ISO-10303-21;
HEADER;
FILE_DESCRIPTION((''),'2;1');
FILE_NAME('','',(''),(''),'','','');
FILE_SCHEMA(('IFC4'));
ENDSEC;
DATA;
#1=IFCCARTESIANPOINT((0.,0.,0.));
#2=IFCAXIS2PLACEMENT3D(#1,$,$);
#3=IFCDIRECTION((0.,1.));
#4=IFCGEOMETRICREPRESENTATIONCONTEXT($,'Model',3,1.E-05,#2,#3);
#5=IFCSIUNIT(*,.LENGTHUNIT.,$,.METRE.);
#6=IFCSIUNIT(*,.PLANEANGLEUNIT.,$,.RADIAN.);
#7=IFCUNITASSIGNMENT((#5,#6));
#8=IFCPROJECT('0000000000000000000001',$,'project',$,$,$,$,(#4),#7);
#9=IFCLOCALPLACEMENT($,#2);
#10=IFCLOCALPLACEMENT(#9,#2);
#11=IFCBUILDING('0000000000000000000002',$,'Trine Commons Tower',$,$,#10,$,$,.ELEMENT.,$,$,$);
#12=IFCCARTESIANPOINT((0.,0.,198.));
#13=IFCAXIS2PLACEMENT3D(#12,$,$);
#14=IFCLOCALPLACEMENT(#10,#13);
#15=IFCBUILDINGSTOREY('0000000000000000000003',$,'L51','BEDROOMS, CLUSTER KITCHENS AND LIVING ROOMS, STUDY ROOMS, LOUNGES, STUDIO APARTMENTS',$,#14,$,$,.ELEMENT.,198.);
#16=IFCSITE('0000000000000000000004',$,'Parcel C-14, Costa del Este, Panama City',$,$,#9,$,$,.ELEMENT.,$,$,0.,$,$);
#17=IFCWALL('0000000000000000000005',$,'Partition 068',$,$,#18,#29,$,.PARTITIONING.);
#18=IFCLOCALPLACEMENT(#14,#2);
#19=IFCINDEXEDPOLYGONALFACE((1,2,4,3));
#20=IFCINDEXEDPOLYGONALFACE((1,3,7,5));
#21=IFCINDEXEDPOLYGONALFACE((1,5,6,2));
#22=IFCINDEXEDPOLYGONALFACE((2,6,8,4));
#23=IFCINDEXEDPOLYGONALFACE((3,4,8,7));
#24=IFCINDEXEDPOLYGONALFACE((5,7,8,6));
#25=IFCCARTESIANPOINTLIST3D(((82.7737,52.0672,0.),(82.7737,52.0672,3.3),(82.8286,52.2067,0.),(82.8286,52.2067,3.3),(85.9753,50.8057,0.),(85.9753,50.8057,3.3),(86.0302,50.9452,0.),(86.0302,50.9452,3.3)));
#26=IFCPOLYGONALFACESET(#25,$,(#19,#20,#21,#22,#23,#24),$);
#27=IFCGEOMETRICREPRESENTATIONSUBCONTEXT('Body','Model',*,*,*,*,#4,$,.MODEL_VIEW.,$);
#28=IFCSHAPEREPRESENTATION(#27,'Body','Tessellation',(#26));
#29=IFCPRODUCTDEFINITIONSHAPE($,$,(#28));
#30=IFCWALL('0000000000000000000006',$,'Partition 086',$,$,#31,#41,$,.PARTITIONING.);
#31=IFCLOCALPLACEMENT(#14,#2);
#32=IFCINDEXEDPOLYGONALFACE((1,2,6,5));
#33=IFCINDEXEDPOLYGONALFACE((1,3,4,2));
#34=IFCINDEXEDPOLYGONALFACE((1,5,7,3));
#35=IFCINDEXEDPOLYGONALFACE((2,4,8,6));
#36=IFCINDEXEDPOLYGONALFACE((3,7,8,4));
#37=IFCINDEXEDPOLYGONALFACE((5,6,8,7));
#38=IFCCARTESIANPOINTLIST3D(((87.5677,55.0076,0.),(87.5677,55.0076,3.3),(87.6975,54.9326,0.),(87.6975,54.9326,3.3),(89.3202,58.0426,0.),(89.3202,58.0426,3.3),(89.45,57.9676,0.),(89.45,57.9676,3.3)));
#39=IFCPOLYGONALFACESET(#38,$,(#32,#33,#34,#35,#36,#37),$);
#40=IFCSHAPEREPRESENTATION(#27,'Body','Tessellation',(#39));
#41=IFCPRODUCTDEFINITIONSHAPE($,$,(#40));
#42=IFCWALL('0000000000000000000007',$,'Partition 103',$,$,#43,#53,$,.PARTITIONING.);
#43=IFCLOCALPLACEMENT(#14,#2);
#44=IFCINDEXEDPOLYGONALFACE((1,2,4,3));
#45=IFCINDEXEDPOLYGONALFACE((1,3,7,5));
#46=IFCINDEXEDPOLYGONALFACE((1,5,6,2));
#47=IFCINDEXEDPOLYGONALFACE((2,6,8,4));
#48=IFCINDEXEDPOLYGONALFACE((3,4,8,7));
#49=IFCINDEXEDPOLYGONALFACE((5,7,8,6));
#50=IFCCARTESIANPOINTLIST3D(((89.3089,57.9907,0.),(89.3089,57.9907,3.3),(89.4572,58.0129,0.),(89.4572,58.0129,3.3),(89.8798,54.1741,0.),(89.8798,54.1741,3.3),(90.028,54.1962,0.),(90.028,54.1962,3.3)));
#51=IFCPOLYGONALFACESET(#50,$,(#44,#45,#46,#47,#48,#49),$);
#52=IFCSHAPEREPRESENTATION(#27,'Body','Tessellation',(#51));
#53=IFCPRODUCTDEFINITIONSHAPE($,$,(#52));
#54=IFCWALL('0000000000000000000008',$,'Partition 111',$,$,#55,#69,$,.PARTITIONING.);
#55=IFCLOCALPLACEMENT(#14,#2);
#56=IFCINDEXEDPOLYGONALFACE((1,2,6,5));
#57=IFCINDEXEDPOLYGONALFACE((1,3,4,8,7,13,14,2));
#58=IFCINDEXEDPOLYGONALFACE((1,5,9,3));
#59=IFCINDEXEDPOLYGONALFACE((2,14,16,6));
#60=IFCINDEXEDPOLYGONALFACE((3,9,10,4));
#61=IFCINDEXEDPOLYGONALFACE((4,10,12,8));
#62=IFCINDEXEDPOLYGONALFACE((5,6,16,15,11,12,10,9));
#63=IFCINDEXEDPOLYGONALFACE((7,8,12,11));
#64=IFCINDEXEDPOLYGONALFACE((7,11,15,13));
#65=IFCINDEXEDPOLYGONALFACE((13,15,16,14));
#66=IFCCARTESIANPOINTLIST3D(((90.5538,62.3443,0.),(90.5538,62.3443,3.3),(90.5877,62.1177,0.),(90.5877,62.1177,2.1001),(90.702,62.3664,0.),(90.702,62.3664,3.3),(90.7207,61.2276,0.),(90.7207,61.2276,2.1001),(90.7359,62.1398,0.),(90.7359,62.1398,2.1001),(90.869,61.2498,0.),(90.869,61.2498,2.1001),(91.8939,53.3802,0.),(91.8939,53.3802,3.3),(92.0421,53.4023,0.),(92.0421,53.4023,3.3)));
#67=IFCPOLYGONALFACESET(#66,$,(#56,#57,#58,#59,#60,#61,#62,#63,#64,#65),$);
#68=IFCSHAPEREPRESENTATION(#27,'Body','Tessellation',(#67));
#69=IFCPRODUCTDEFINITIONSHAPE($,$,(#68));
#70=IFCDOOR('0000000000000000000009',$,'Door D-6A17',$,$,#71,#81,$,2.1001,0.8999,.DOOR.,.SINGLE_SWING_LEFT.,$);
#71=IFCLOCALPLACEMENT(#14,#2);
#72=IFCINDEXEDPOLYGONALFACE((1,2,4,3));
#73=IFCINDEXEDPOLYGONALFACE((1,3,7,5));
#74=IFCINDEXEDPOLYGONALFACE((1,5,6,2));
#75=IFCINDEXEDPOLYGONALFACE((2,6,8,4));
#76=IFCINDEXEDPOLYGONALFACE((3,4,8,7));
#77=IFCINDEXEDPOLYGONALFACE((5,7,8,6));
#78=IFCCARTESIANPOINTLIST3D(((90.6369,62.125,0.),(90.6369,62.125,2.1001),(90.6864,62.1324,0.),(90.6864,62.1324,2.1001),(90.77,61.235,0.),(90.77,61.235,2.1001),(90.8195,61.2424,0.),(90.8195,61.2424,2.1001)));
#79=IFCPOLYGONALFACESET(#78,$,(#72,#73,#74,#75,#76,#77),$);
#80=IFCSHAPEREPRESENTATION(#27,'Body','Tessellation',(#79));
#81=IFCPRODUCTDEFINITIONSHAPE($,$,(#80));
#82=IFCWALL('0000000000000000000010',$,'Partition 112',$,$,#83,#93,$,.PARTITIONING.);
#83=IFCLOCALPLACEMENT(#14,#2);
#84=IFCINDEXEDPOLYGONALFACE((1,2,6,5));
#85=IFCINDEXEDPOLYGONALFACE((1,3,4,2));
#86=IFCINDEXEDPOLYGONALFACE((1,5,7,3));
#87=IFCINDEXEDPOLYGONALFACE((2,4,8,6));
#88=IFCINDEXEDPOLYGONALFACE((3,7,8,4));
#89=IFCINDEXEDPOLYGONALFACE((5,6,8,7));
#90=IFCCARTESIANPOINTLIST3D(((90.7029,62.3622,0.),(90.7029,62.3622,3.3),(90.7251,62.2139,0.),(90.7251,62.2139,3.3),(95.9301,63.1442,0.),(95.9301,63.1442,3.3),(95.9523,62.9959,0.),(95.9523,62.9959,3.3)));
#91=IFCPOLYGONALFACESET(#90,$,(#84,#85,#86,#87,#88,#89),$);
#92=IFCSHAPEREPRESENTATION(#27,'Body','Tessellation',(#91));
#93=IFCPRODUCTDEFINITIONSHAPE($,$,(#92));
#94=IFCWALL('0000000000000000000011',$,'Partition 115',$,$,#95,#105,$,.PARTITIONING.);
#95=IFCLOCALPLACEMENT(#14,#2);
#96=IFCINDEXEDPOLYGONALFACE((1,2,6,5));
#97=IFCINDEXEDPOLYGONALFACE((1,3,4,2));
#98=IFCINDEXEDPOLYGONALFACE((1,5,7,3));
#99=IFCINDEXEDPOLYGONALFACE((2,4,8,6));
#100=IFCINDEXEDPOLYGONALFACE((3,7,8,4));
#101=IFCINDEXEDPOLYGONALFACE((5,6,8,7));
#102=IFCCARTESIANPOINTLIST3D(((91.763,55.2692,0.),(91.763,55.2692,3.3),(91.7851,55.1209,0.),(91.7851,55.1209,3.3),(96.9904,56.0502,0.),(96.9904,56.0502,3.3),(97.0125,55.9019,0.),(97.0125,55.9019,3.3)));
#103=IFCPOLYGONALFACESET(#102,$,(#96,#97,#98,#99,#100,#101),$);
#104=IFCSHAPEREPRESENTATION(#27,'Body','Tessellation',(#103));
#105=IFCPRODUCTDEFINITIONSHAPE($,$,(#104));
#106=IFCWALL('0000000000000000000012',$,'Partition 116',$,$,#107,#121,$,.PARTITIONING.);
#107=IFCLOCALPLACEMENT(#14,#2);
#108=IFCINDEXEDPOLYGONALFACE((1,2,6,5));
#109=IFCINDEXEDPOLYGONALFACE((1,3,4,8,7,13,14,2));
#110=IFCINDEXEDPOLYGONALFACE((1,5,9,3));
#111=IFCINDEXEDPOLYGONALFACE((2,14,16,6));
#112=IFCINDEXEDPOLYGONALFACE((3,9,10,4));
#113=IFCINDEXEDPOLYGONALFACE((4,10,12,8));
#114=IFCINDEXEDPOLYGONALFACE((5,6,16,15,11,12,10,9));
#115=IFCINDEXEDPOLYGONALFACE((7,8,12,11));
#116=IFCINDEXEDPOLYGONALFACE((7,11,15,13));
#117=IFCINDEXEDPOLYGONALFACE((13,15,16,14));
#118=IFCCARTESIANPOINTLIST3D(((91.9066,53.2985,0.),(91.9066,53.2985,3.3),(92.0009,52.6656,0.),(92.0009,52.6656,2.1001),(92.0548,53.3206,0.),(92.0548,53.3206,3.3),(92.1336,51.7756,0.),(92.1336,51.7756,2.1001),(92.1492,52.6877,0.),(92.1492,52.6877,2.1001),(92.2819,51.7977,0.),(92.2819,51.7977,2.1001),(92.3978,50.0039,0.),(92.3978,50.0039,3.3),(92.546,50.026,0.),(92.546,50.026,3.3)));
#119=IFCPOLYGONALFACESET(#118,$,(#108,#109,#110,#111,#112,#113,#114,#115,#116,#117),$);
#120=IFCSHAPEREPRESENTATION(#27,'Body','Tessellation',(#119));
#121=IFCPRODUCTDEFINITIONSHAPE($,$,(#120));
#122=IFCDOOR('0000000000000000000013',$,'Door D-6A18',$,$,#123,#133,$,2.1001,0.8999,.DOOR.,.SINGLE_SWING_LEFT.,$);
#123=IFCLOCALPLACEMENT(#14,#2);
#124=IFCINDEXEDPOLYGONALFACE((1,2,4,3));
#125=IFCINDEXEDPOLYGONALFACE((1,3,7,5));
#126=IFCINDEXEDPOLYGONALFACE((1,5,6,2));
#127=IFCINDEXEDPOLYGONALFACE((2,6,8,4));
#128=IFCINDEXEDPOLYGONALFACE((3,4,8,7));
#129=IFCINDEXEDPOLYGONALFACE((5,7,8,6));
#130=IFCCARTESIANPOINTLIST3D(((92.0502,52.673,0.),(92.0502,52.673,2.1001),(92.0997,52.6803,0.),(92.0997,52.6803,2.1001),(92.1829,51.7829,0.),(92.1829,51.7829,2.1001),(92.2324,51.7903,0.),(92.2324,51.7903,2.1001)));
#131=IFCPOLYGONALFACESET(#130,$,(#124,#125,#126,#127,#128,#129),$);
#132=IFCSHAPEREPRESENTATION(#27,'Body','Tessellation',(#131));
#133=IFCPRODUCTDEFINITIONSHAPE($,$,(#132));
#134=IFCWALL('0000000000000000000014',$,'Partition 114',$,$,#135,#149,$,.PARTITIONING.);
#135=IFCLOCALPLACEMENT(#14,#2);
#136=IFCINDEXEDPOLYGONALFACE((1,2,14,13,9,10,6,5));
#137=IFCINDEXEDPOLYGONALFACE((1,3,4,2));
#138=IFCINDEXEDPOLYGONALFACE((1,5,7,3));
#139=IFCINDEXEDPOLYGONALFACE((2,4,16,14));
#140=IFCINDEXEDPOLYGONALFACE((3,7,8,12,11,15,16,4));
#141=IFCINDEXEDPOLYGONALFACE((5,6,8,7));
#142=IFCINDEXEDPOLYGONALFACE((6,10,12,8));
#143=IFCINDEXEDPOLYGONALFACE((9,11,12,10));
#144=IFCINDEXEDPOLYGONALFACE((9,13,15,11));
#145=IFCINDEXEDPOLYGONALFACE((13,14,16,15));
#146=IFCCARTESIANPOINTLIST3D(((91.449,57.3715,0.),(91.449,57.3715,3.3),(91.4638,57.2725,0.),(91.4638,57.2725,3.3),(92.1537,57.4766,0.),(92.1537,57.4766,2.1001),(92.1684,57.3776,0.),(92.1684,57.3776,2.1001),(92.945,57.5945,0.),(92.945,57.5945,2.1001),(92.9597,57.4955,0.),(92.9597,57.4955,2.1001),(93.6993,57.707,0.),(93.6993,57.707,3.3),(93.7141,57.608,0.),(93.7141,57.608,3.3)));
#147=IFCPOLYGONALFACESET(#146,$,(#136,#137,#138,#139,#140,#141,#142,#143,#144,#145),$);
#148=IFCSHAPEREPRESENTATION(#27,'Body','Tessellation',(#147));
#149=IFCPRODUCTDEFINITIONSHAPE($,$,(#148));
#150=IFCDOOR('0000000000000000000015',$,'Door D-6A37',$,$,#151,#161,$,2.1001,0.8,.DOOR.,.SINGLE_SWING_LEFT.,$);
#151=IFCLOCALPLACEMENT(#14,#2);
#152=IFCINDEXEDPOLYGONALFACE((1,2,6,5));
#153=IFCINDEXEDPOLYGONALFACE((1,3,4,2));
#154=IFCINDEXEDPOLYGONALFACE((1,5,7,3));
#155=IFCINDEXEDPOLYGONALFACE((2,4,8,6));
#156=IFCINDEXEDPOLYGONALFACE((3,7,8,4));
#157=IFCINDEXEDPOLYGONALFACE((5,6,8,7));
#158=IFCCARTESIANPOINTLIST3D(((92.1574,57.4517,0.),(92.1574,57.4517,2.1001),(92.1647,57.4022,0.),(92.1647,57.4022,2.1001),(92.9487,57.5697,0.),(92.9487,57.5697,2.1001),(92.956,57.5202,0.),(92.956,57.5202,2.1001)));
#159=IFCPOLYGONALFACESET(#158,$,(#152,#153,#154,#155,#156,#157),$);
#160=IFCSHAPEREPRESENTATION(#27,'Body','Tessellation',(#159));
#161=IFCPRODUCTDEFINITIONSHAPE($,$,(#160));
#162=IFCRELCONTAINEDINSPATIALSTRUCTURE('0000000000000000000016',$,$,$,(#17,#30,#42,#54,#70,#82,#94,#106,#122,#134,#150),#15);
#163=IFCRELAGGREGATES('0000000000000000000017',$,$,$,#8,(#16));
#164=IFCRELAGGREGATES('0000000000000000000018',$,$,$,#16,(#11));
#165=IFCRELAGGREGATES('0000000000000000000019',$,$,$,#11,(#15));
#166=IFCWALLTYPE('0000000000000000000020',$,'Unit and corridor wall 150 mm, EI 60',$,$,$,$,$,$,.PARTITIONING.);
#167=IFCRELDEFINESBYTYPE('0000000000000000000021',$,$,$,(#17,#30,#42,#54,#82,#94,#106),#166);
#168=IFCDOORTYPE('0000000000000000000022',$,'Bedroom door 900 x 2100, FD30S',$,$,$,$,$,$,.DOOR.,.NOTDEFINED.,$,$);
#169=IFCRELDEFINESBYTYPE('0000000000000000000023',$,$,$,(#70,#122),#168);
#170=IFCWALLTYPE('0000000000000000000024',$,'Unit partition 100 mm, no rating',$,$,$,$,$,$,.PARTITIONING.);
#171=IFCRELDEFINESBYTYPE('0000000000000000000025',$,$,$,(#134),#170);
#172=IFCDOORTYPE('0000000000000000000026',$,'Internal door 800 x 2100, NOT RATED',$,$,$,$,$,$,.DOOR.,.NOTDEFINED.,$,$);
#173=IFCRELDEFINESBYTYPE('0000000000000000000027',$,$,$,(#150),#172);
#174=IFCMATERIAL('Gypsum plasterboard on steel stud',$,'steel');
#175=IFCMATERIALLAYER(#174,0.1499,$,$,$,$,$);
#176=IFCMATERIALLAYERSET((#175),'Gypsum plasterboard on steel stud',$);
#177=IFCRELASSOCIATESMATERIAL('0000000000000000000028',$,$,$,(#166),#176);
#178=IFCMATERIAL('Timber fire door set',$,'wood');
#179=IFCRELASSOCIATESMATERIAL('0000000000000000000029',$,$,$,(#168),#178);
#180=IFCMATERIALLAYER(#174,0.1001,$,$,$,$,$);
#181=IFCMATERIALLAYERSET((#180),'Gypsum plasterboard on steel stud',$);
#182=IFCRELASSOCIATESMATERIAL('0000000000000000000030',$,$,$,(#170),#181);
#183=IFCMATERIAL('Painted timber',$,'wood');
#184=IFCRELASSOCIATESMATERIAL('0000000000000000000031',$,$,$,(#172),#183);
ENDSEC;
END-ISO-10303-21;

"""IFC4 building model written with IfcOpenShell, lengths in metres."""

from ifc_helpers import new_model, si_unit, direction, frame, frame_2d, origin, place, context, subcontext, project, spatial, rectangle, extrude, material, layer, layer_set, type_object, element, fill, save


model = new_model("IFC4")

# Units and contexts
model_context = context("Model", 3, precision=1e-05, world=origin(), true_north=direction((0.0, 1.0)))
body_context = subcontext(model_context, "Body", "Model", "MODEL_VIEW")
ifc_project = project(units=[si_unit("LENGTHUNIT", "METRE"), si_unit("PLANEANGLEUNIT", "RADIAN")], contexts=[model_context])

# Site, building, storey
site_placement = place(None, origin())
site = spatial("IfcSite", under=ifc_project, at=site_placement, Name="Parcel C-14, Costa del Este, Panama City", CompositionType="ELEMENT", RefElevation=0.0)
building_placement = place(site_placement, origin())
building = spatial("IfcBuilding", under=site, at=building_placement, Name="Trine Commons Tower", CompositionType="ELEMENT")
storey_placement = place(building_placement, frame((0.0, 0.0, 198.0)))
storey = spatial("IfcBuildingStorey", under=building, at=storey_placement, Name="L51", Description="BEDROOMS, CLUSTER KITCHENS AND LIVING ROOMS, STUDY ROOMS, LOUNGES, STUDIO APARTMENTS", CompositionType="ELEMENT", Elevation=198.0)

# Shared definitions
ifc_material_1 = material(Name="Gypsum plasterboard on steel stud", Category="steel")
ifc_layer_1 = layer(ifc_material_1, 0.1499)
ifc_layer_set_1 = layer_set([ifc_layer_1], Name="Gypsum plasterboard on steel stud")
wall_type_1 = type_object("IfcWallType", Name="Unit and corridor wall 150 mm, EI 60", PredefinedType="PARTITIONING", material=ifc_layer_set_1)
ifc_material_2 = material(Name="Timber fire door set", Category="wood")

# Walls
wall_1_placement = place(storey_placement, frame((82.801, 52.137, 0.0), z_axis=(0.0, 0.0, 1.0), x_axis=(0.930387, -0.366578, 0.0)))
element("IfcWall", 1, at=wall_1_placement, inside=storey, type_object=wall_type_1, Name="Partition 068", PredefinedType="PARTITIONING", context=body_context, shape_type="SweptSolid", body=[
    extrude(rectangle(XDim=3.4412, YDim=0.1499, at=frame_2d((1.7207, 0.0))), origin(), (0.0, 0.0, 1.0), 3.3),
])
wall_2_placement = place(storey_placement, frame((87.6326, 54.97, 0.0), z_axis=(0.0, 0.0, 1.0), x_axis=(0.50005, 0.865996, 0.0)))
element("IfcWall", 2, at=wall_2_placement, inside=storey, type_object=wall_type_1, Name="Partition 086", PredefinedType="PARTITIONING", context=body_context, shape_type="SweptSolid", body=[
    extrude(rectangle(XDim=3.5046, YDim=0.1499, at=frame_2d((1.7524, 0.0))), origin(), (0.0, 0.0, 1.0), 3.3),
])
wall_3_placement = place(storey_placement, frame((89.3831, 58.002, 0.0), z_axis=(0.0, 0.0, 1.0), x_axis=(0.14791, -0.989001, 0.0)))
element("IfcWall", 3, at=wall_3_placement, inside=storey, type_object=wall_type_1, Name="Partition 103", PredefinedType="PARTITIONING", context=body_context, shape_type="SweptSolid", body=[
    extrude(rectangle(XDim=3.8591, YDim=0.1499, at=frame_2d((1.9297, 0.0))), origin(), (0.0, 0.0, 1.0), 3.3),
])

# Wall, opening, door
wall_4_placement = place(storey_placement, frame((90.6279, 62.3552, 0.0), z_axis=(0.0, 0.0, 1.0), x_axis=(0.147852, -0.98901, 0.0)))
wall_4 = element("IfcWall", 4, at=wall_4_placement, inside=storey, type_object=wall_type_1, Name="Partition 111", PredefinedType="PARTITIONING", context=body_context, shape_type="SweptSolid", body=[
    extrude(rectangle(XDim=9.0637, YDim=0.1499, at=frame_2d((4.5317, 0.0))), origin(), (0.0, 0.0, 1.0), 3.3),
])
opening_1_placement = place(wall_4_placement, frame((0.229, 0.0, 0.0)))
opening_1 = element("IfcOpeningElement", 5, at=opening_1_placement, cuts=wall_4, PredefinedType="OPENING", context=body_context, shape_type="SweptSolid", body=[
    extrude(rectangle(XDim=0.8999, YDim=2.1001, at=frame_2d((0.45, 1.05))), frame((0.0, 0.085, 0.0), z_axis=(0.0, -1.0, 0.0), x_axis=(1.0, 0.0, 0.0)), (0.0, 0.0, 1.0), 0.1699),
])
door_type_1 = type_object("IfcDoorType", Name="Bedroom door 900 x 2100, FD30S", OperationType="NOTDEFINED", PredefinedType="DOOR", material=ifc_material_2)
door_1_placement = place(opening_1_placement, origin())
door_1 = element("IfcDoor", 6, at=door_1_placement, inside=storey, type_object=door_type_1, Name="Door D-6A17", OperationType="SINGLE_SWING_LEFT", OverallHeight=2.1001, OverallWidth=0.8999, PredefinedType="DOOR", context=body_context, shape_type="SweptSolid", body=[
    extrude(rectangle(XDim=0.8999, YDim=2.1001, at=frame_2d((0.45, 1.05))), frame((0.0, 0.0249, 0.0), z_axis=(0.0, -1.0, 0.0), x_axis=(1.0, 0.0, 0.0)), (0.0, 0.0, 1.0), 0.05),
])
fill(opening_1, door_1)

# Walls
for number, where, z_axis, x_axis, name in (
    (7, (90.7141, 62.2881, 0.0), (0.0, 0.0, 1.0), (0.988995, 0.14795, 0.0), "Partition 112"),
    (8, (91.7742, 55.1951, 0.0), (0.0, 0.0, 1.0), (0.989022, 0.147769, 0.0), "Partition 115"),
):
    element("IfcWall", number, at=place(storey_placement, frame(where, z_axis=z_axis, x_axis=x_axis)), inside=storey, type_object=wall_type_1, Name=name, PredefinedType="PARTITIONING", context=body_context, shape_type="SweptSolid", body=[
        extrude(rectangle(XDim=5.2854, YDim=0.1499, at=frame_2d((2.6426, 0.0))), origin(), (0.0, 0.0, 1.0), 3.3),
    ])

# Walls, openings, doors
wall_5_placement = place(storey_placement, frame((91.9807, 53.3096, 0.0), z_axis=(0.0, 0.0, 1.0), x_axis=(0.147462, -0.989068, 0.0)))
wall_5 = element("IfcWall", 9, at=wall_5_placement, inside=storey, type_object=wall_type_1, Name="Partition 116", PredefinedType="PARTITIONING", context=body_context, shape_type="SweptSolid", body=[
    extrude(rectangle(XDim=3.3311, YDim=0.1499, at=frame_2d((1.6655, 0.0))), origin(), (0.0, 0.0, 1.0), 3.3),
])
opening_2_placement = place(wall_5_placement, frame((0.6399, 0.0, 0.0)))
opening_2 = element("IfcOpeningElement", 10, at=opening_2_placement, cuts=wall_5, PredefinedType="OPENING", context=body_context, shape_type="SweptSolid", body=[
    extrude(rectangle(XDim=0.8999, YDim=2.1001, at=frame_2d((0.45, 1.05))), frame((0.0, 0.085, 0.0), z_axis=(0.0, -1.0, 0.0), x_axis=(1.0, 0.0, 0.0)), (0.0, 0.0, 1.0), 0.1699),
])
door_2_placement = place(opening_2_placement, origin())
door_2 = element("IfcDoor", 11, at=door_2_placement, inside=storey, type_object=door_type_1, Name="Door D-6A18", OperationType="SINGLE_SWING_LEFT", OverallHeight=2.1001, OverallWidth=0.8999, PredefinedType="DOOR", context=body_context, shape_type="SweptSolid", body=[
    extrude(rectangle(XDim=0.8999, YDim=2.1001, at=frame_2d((0.45, 1.05))), frame((0.0, 0.0249, 0.0), z_axis=(0.0, -1.0, 0.0), x_axis=(1.0, 0.0, 0.0)), (0.0, 0.0, 1.0), 0.05),
])
fill(opening_2, door_2)
ifc_layer_2 = layer(ifc_material_1, 0.1001)
ifc_layer_set_2 = layer_set([ifc_layer_2], Name="Gypsum plasterboard on steel stud")
wall_type_2 = type_object("IfcWallType", Name="Unit partition 100 mm, no rating", PredefinedType="PARTITIONING", material=ifc_layer_set_2)
wall_6_placement = place(storey_placement, frame((91.4563, 57.322, 0.0), z_axis=(0.0, 0.0, 1.0), x_axis=(0.989071, 0.147443, 0.0)))
wall_6 = element("IfcWall", 12, at=wall_6_placement, inside=storey, type_object=wall_type_2, Name="Partition 114", PredefinedType="PARTITIONING", context=body_context, shape_type="SweptSolid", body=[
    extrude(rectangle(XDim=2.2751, YDim=0.1001, at=frame_2d((1.1377, 0.0))), origin(), (0.0, 0.0, 1.0), 3.3),
])
opening_3_placement = place(wall_6_placement, frame((0.7126, 0.0, 0.0)))
opening_3 = element("IfcOpeningElement", 13, at=opening_3_placement, cuts=wall_6, PredefinedType="OPENING", context=body_context, shape_type="SweptSolid", body=[
    extrude(rectangle(XDim=0.8, YDim=2.1001, at=frame_2d((0.3999, 1.05))), frame((0.0, 0.0601, 0.0), z_axis=(0.0, -1.0, 0.0), x_axis=(1.0, 0.0, 0.0)), (0.0, 0.0, 1.0), 0.1201),
])
ifc_material_3 = material(Name="Painted timber", Category="wood")
door_type_2 = type_object("IfcDoorType", Name="Internal door 800 x 2100, NOT RATED", OperationType="NOTDEFINED", PredefinedType="DOOR", material=ifc_material_3)
door_3_placement = place(opening_3_placement, origin())
door_3 = element("IfcDoor", 14, at=door_3_placement, inside=storey, type_object=door_type_2, Name="Door D-6A37", OperationType="SINGLE_SWING_LEFT", OverallHeight=2.1001, OverallWidth=0.8, PredefinedType="DOOR", context=body_context, shape_type="SweptSolid", body=[
    extrude(rectangle(XDim=0.8, YDim=2.1001, at=frame_2d((0.3999, 1.05))), frame((0.0, 0.0249, 0.0), z_axis=(0.0, -1.0, 0.0), x_axis=(1.0, 0.0, 0.0)), (0.0, 0.0, 1.0), 0.05),
])
fill(opening_3, door_3)

save(model, "model.ifc")
